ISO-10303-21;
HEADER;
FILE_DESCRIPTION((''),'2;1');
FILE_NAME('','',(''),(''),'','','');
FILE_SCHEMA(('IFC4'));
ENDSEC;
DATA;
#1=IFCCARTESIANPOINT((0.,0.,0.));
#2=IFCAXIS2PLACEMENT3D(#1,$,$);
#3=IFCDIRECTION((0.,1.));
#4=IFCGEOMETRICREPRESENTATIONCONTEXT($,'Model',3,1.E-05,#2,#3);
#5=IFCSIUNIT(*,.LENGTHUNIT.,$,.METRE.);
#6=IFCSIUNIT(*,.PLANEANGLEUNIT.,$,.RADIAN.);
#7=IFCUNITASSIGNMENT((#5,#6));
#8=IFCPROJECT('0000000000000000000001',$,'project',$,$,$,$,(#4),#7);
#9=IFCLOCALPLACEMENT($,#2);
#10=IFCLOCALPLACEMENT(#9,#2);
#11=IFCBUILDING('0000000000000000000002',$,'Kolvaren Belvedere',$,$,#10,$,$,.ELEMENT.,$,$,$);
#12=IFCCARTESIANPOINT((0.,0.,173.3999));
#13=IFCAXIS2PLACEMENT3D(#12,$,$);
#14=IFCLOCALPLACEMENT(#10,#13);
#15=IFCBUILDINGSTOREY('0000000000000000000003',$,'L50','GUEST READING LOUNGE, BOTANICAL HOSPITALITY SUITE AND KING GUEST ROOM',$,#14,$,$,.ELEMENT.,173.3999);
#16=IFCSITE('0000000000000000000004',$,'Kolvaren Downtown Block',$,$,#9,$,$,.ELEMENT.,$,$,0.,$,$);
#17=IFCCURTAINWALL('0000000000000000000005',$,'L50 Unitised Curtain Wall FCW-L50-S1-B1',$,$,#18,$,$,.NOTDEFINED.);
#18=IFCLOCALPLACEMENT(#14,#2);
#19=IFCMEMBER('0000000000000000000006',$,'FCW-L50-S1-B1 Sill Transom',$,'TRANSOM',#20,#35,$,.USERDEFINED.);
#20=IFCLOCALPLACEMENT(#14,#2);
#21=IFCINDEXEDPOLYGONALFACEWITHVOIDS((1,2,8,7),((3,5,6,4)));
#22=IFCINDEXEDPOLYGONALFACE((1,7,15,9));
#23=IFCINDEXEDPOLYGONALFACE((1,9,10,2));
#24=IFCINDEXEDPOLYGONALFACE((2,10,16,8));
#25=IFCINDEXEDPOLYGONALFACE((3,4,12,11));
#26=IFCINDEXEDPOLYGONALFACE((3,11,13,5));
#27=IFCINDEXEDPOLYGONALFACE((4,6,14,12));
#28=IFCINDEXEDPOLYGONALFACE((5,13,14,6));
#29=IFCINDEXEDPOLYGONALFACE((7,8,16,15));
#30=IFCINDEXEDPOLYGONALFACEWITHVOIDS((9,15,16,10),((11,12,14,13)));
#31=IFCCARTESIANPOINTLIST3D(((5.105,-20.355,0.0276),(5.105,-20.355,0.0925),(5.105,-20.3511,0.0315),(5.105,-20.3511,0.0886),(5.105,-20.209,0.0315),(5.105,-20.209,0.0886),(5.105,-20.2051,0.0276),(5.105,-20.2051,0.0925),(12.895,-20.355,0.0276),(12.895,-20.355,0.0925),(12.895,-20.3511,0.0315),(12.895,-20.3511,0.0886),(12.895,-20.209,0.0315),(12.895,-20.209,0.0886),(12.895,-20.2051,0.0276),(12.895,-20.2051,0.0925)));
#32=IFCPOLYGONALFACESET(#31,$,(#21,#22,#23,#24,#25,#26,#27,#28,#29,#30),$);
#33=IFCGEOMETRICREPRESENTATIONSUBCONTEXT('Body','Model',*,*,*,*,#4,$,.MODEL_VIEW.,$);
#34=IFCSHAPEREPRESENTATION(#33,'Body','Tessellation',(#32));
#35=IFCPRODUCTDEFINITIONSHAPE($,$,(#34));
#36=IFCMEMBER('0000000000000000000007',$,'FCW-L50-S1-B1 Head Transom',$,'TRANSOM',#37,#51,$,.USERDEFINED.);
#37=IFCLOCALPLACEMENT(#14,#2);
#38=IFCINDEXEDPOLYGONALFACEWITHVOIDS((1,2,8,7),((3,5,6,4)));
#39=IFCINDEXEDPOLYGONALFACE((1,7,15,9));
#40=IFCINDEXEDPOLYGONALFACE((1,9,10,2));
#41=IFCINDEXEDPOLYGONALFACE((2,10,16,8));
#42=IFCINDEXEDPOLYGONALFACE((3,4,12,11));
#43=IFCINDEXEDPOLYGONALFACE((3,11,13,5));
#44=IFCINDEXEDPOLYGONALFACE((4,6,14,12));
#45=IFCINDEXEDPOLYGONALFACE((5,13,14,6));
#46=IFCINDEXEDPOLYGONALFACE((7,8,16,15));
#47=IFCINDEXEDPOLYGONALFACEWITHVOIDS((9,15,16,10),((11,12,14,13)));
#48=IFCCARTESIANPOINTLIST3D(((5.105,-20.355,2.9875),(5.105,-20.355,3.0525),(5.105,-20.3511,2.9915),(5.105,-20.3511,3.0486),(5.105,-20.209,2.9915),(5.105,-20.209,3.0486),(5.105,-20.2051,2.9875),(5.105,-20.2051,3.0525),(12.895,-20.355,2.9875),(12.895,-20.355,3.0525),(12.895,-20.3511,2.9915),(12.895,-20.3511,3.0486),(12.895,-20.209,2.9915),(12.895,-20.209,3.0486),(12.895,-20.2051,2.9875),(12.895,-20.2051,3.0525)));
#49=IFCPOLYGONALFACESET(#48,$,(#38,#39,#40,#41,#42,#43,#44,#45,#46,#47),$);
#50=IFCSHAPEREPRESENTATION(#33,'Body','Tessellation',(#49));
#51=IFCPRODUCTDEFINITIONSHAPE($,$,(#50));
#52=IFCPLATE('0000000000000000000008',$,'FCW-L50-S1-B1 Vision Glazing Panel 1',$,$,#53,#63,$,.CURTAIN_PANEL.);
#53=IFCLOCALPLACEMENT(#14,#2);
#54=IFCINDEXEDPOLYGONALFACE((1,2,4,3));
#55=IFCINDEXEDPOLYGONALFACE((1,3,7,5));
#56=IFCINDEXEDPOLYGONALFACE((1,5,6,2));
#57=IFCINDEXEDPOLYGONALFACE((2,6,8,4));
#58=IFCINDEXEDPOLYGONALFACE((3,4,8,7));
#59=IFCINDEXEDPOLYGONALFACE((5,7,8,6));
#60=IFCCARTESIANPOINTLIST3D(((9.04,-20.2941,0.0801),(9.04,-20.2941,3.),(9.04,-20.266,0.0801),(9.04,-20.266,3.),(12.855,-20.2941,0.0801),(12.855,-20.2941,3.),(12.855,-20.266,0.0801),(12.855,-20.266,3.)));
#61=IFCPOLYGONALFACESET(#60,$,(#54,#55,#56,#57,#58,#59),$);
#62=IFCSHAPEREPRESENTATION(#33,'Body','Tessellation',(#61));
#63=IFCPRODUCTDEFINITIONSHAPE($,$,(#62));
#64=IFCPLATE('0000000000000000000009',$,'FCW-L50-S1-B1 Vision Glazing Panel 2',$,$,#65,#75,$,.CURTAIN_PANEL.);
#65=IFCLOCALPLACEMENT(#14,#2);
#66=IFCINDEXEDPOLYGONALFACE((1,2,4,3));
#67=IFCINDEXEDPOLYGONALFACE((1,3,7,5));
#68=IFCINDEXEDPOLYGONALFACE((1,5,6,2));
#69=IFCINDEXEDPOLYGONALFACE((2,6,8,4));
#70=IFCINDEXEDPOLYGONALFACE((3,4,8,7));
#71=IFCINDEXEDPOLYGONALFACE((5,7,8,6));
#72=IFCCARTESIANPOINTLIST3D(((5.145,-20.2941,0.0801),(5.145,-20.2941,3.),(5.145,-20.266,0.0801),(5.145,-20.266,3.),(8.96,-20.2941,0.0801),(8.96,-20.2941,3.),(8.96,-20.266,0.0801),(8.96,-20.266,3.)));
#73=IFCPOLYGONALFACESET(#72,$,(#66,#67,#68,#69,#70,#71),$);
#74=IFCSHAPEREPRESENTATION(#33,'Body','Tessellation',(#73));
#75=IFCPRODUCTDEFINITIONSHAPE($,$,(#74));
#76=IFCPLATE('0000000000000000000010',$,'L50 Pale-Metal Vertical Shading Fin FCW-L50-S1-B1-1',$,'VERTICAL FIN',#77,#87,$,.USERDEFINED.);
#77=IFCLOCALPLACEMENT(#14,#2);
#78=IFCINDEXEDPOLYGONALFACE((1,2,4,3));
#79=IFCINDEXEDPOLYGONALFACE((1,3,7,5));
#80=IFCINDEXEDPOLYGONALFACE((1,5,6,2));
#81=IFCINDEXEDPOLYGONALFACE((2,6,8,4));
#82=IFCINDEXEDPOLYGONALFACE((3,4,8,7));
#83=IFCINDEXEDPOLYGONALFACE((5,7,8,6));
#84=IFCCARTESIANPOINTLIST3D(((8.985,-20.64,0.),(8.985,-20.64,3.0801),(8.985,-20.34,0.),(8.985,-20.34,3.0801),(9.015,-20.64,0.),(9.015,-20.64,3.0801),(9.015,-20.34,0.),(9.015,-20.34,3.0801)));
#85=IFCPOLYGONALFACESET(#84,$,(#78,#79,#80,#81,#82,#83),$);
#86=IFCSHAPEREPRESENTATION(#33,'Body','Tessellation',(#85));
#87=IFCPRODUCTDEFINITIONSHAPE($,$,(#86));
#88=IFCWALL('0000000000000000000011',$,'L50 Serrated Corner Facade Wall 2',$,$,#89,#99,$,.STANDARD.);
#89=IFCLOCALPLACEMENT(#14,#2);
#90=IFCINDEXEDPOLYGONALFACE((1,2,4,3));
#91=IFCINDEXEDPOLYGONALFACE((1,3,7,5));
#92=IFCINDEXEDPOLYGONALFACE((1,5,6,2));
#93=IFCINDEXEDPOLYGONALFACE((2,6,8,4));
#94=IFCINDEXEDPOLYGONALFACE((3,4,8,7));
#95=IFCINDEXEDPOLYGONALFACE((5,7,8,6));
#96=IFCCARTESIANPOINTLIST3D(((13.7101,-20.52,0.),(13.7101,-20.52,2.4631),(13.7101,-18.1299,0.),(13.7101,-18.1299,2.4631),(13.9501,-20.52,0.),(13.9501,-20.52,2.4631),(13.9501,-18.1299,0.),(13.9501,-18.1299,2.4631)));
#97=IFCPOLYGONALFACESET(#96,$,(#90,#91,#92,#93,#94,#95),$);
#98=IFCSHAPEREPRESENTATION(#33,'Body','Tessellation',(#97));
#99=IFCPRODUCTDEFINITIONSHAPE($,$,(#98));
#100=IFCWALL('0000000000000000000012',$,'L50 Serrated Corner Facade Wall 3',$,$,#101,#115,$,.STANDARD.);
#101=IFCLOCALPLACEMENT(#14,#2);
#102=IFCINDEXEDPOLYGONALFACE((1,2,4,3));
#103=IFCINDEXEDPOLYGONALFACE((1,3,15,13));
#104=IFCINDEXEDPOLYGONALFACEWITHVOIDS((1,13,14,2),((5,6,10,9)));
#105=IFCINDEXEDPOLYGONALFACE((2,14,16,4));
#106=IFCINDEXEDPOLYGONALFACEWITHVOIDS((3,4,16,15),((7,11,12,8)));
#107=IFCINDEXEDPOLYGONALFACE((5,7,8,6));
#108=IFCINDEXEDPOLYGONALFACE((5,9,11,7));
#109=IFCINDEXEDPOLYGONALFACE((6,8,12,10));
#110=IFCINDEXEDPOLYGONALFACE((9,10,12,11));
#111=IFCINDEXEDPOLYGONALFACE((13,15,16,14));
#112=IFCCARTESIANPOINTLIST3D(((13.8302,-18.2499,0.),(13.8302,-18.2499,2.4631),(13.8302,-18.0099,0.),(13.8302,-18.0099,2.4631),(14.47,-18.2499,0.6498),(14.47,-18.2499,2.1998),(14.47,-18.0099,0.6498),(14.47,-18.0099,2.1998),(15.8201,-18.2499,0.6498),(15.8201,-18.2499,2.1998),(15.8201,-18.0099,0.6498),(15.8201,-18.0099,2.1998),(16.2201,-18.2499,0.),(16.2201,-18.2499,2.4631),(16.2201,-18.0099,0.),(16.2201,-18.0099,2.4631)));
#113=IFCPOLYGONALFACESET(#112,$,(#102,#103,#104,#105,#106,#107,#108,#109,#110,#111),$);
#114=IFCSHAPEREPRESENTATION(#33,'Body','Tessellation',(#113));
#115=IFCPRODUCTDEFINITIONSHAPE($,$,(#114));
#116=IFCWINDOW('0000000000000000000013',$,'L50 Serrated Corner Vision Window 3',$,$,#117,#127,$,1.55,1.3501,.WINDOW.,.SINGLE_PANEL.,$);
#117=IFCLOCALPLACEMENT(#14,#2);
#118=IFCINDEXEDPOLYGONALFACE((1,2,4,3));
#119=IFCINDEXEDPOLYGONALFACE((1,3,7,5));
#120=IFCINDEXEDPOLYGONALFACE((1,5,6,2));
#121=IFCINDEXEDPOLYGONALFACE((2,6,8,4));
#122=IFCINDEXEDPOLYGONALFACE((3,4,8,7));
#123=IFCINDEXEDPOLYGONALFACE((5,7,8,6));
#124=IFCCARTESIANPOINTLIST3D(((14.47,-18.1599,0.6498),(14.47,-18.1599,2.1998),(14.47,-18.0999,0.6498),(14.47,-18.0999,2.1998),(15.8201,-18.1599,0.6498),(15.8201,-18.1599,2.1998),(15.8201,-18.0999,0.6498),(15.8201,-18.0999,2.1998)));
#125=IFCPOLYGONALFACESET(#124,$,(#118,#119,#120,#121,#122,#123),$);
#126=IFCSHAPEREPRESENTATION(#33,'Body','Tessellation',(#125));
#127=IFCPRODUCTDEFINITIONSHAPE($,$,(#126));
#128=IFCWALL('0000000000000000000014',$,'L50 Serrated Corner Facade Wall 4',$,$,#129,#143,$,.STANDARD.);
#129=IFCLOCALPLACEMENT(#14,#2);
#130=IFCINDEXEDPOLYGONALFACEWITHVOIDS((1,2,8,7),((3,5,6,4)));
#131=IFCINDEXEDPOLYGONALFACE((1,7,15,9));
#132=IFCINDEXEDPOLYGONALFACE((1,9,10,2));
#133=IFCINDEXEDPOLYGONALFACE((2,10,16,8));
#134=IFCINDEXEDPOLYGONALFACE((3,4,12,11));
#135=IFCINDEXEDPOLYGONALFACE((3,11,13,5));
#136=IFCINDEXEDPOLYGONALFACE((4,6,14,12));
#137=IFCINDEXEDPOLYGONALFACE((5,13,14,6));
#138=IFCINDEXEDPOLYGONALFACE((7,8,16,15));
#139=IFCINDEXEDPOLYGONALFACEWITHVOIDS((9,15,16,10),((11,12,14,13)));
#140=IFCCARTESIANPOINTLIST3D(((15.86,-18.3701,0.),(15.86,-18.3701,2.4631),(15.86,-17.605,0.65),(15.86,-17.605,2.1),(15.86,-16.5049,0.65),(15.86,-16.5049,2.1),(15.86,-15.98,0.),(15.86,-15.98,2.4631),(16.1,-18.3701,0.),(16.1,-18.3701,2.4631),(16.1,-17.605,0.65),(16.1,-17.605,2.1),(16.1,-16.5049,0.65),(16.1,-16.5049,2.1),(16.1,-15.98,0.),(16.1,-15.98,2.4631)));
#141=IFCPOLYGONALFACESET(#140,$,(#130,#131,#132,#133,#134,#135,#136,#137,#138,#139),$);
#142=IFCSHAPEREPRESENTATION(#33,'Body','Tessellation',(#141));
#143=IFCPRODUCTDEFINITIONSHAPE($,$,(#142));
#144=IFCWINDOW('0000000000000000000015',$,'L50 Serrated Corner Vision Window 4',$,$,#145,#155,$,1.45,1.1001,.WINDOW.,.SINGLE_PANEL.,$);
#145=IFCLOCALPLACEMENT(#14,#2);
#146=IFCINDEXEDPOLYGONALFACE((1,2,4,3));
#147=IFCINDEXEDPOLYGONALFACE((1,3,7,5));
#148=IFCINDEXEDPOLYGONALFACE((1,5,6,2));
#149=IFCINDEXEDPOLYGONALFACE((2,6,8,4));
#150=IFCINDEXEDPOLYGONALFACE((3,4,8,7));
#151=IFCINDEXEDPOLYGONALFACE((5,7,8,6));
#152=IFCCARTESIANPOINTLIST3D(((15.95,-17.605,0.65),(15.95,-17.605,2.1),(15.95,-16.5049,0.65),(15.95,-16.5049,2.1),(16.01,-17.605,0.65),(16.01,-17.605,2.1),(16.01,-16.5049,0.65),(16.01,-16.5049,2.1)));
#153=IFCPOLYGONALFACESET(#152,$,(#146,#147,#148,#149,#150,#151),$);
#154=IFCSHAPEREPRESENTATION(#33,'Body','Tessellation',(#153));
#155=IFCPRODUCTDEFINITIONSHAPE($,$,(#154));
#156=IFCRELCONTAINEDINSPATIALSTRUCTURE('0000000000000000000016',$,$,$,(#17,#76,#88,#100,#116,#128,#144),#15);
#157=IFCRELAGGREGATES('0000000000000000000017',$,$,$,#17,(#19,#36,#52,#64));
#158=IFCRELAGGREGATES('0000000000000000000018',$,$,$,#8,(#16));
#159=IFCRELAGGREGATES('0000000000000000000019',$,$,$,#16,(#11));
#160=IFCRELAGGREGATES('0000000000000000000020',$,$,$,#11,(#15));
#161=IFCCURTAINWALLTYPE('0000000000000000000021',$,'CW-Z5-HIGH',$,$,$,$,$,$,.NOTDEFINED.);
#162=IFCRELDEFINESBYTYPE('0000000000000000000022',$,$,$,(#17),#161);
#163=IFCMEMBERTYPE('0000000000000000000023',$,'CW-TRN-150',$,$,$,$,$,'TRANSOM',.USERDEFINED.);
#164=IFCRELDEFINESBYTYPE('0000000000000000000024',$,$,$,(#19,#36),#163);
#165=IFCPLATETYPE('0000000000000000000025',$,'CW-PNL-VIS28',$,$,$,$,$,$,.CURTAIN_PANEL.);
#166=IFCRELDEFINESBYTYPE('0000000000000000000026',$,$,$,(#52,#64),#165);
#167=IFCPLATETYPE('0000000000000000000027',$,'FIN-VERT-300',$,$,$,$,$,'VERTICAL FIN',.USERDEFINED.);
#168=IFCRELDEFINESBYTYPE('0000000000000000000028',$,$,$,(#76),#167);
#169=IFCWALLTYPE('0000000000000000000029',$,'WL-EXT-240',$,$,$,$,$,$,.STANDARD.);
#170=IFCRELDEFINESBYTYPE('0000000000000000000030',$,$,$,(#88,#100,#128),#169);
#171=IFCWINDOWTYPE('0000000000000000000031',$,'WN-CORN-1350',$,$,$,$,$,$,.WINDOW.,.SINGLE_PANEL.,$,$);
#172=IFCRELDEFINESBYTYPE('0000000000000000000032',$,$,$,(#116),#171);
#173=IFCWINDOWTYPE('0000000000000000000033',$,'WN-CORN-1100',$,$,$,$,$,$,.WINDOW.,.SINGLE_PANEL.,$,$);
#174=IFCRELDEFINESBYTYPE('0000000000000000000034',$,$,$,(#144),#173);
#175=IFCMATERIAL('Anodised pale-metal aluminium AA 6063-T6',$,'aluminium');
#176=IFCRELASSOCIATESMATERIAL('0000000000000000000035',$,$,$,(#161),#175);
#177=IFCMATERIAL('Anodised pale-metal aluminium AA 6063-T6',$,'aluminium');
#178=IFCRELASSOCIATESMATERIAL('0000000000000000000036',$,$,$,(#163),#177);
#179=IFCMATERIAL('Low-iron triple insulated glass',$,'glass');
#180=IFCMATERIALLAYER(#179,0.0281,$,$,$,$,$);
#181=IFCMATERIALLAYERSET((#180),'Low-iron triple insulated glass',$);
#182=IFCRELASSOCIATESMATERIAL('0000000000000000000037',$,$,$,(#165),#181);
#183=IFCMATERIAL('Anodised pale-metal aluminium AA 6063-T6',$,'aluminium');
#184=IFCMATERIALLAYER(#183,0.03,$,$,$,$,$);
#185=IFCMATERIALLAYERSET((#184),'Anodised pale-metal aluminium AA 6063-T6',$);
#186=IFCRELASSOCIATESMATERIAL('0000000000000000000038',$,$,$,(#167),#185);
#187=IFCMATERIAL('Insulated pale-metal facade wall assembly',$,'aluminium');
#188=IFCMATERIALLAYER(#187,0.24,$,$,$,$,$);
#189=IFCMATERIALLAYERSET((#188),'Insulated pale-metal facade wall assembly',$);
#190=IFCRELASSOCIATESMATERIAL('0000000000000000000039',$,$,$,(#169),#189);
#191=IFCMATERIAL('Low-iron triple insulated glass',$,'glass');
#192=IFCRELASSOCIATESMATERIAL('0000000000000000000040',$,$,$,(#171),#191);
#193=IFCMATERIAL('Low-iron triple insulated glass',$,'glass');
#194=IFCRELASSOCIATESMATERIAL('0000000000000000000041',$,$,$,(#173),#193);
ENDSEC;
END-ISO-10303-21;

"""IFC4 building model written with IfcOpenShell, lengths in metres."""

from ifc_helpers import new_model, si_unit, direction, frame, frame_2d, origin, origin_2d, place, context, subcontext, project, spatial, rectangle, hollow_rectangle, extrude, material, layer, layer_set, material_profile, profile_set, type_object, element, fill, aggregate, save


model = new_model("IFC4")

# Units and contexts
model_context = context("Model", 3, precision=1e-05, world=origin(), true_north=direction((0.0, 1.0)))
body_context = subcontext(model_context, "Body", "Model", "MODEL_VIEW")
ifc_project = project(units=[si_unit("LENGTHUNIT", "METRE"), si_unit("PLANEANGLEUNIT", "RADIAN")], contexts=[model_context])

# Site, building, storey
site_placement = place(None, origin())
site = spatial("IfcSite", under=ifc_project, at=site_placement, Name="Kolvaren Downtown Block", CompositionType="ELEMENT", RefElevation=0.0)
building_placement = place(site_placement, origin())
building = spatial("IfcBuilding", under=site, at=building_placement, Name="Kolvaren Belvedere", CompositionType="ELEMENT")
storey_placement = place(building_placement, frame((0.0, 0.0, 173.3999)))
storey = spatial("IfcBuildingStorey", under=building, at=storey_placement, Name="L50", Description="GUEST READING LOUNGE, BOTANICAL HOSPITALITY SUITE AND KING GUEST ROOM", CompositionType="ELEMENT", Elevation=173.3999)

# Curtain wall
ifc_material_1 = material(Name="Anodised pale-metal aluminium AA 6063-T6", Category="aluminium")
curtain_wall_type = type_object("IfcCurtainWallType", Name="CW-Z5-HIGH", PredefinedType="NOTDEFINED", material=ifc_material_1)
curtain_wall_1_placement = place(storey_placement, origin())
curtain_wall_1 = element("IfcCurtainWall", 1, at=curtain_wall_1_placement, inside=storey, type_object=curtain_wall_type, Name="L50 Unitised Curtain Wall FCW-L50-S1-B1", PredefinedType="NOTDEFINED")

# Members
ifc_material_2 = material(Name="Anodised pale-metal aluminium AA 6063-T6", Category="aluminium")
ifc_material_profile_1 = material_profile(ifc_material_2, hollow_rectangle(XDim=0.0649, YDim=0.1499, WallThickness=0.0039, at=origin_2d()), Name="ALU-TRN-150X65")
ifc_profile_set_1 = profile_set([ifc_material_profile_1], Name="Anodised pale-metal aluminium AA 6063-T6")
member_type_1 = type_object("IfcMemberType", Name="CW-TRN-150", ElementType="TRANSOM", PredefinedType="USERDEFINED", material=ifc_profile_set_1)
member_1_placement = place(storey_placement, frame((12.895, -20.28, 0.0601), z_axis=(-1.0, 0.0, 0.0), x_axis=(0.0, 0.0, 1.0)))
member_1 = element("IfcMember", 2, at=member_1_placement, type_object=member_type_1, Name="FCW-L50-S1-B1 Sill Transom", ObjectType="TRANSOM", PredefinedType="USERDEFINED", context=body_context, shape_type="SweptSolid", body=[
    extrude(hollow_rectangle(XDim=0.0649, YDim=0.1499, WallThickness=0.0039, at=origin_2d()), origin(), (0.0, 0.0, 1.0), 7.79),
])
member_2_placement = place(storey_placement, frame((12.895, -20.28, 3.02), z_axis=(-1.0, 0.0, 0.0), x_axis=(0.0, 0.0, 1.0)))
member_2 = element("IfcMember", 3, at=member_2_placement, type_object=member_type_1, Name="FCW-L50-S1-B1 Head Transom", ObjectType="TRANSOM", PredefinedType="USERDEFINED", context=body_context, shape_type="SweptSolid", body=[
    extrude(hollow_rectangle(XDim=0.0649, YDim=0.1499, WallThickness=0.0039, at=origin_2d()), origin(), (0.0, 0.0, 1.0), 7.79),
])

# Plates
ifc_material_3 = material(Name="Low-iron triple insulated glass", Category="glass")
ifc_layer_1 = layer(ifc_material_3, 0.0281)
ifc_layer_set_1 = layer_set([ifc_layer_1], Name="Low-iron triple insulated glass")
plate_type_1 = type_object("IfcPlateType", Name="CW-PNL-VIS28", PredefinedType="CURTAIN_PANEL", material=ifc_layer_set_1)
plate_1_placement = place(storey_placement, frame((10.9475, -20.28, 0.0801), z_axis=(0.0, 0.0, 1.0), x_axis=(-1.0, 0.0, 0.0)))
plate_1 = element("IfcPlate", 4, at=plate_1_placement, type_object=plate_type_1, Name="FCW-L50-S1-B1 Vision Glazing Panel 1", PredefinedType="CURTAIN_PANEL", context=body_context, shape_type="SweptSolid", body=[
    extrude(rectangle(XDim=3.8149, YDim=0.0281, at=origin_2d()), origin(), (0.0, 0.0, 1.0), 2.9199),
])
plate_2_placement = place(storey_placement, frame((7.0525, -20.28, 0.0801), z_axis=(0.0, 0.0, 1.0), x_axis=(-1.0, 0.0, 0.0)))
plate_2 = element("IfcPlate", 5, at=plate_2_placement, type_object=plate_type_1, Name="FCW-L50-S1-B1 Vision Glazing Panel 2", PredefinedType="CURTAIN_PANEL", context=body_context, shape_type="SweptSolid", body=[
    extrude(rectangle(XDim=3.8149, YDim=0.0281, at=origin_2d()), origin(), (0.0, 0.0, 1.0), 2.9199),
])
aggregate(curtain_wall_1, [member_1, member_2, plate_1, plate_2])
ifc_material_4 = material(Name="Anodised pale-metal aluminium AA 6063-T6", Category="aluminium")
ifc_layer_2 = layer(ifc_material_4, 0.03)
ifc_layer_set_2 = layer_set([ifc_layer_2], Name="Anodised pale-metal aluminium AA 6063-T6")
plate_type_2 = type_object("IfcPlateType", Name="FIN-VERT-300", ElementType="VERTICAL FIN", PredefinedType="USERDEFINED", material=ifc_layer_set_2)
plate_3_placement = place(storey_placement, frame((9.0, -20.49, 0.0), z_axis=(0.0, 0.0, 1.0), x_axis=(0.0, 1.0, 0.0)))
element("IfcPlate", 6, at=plate_3_placement, inside=storey, type_object=plate_type_2, Name="L50 Pale-Metal Vertical Shading Fin FCW-L50-S1-B1-1", ObjectType="VERTICAL FIN", PredefinedType="USERDEFINED", context=body_context, shape_type="SweptSolid", body=[
    extrude(rectangle(XDim=0.3, YDim=0.03, at=origin_2d()), origin(), (0.0, 0.0, 1.0), 3.0801),
])

# Wall
ifc_material_5 = material(Name="Insulated pale-metal facade wall assembly", Category="aluminium")
ifc_layer_3 = layer(ifc_material_5, 0.24)
ifc_layer_set_3 = layer_set([ifc_layer_3], Name="Insulated pale-metal facade wall assembly")
wall_type_1 = type_object("IfcWallType", Name="WL-EXT-240", PredefinedType="STANDARD", material=ifc_layer_set_3)
wall_1_placement = place(storey_placement, frame((13.8301, -18.1299, 0.0), z_axis=(0.0, 0.0, 1.0), x_axis=(0.0, -1.0, 0.0)))
element("IfcWall", 7, at=wall_1_placement, inside=storey, type_object=wall_type_1, Name="L50 Serrated Corner Facade Wall 2", PredefinedType="STANDARD", context=body_context, shape_type="SweptSolid", body=[
    extrude(rectangle(XDim=2.3901, YDim=0.24, at=frame_2d((1.1951, 0.0))), origin(), (0.0, 0.0, 1.0), 2.4631),
])

# Walls, openings, windows
wall_2_placement = place(storey_placement, frame((16.22, -18.1299, 0.0), z_axis=(0.0, 0.0, 1.0), x_axis=(-1.0, 0.0, 0.0)))
wall_2 = element("IfcWall", 8, at=wall_2_placement, inside=storey, type_object=wall_type_1, Name="L50 Serrated Corner Facade Wall 3", PredefinedType="STANDARD", context=body_context, shape_type="SweptSolid", body=[
    extrude(rectangle(XDim=2.3899, YDim=0.24, at=frame_2d((1.1948, 0.0))), origin(), (0.0, 0.0, 1.0), 2.4631),
])
opening_1_placement = place(wall_2_placement, frame((0.3999, 0.0, 0.6499)))
opening_1 = element("IfcOpeningElement", 9, at=opening_1_placement, cuts=wall_2, PredefinedType="OPENING", context=body_context, shape_type="SweptSolid", body=[
    extrude(rectangle(XDim=1.3501, YDim=1.55, at=frame_2d((0.675, 0.7749))), frame((0.0, 0.1299, 0.0), z_axis=(0.0, -1.0, 0.0), x_axis=(1.0, 0.0, 0.0)), (0.0, 0.0, 1.0), 0.26),
])
ifc_material_6 = material(Name="Low-iron triple insulated glass", Category="glass")
window_type_1 = type_object("IfcWindowType", Name="WN-CORN-1350", PartitioningType="SINGLE_PANEL", PredefinedType="WINDOW", material=ifc_material_6)
window_1_placement = place(opening_1_placement, origin())
window_1 = element("IfcWindow", 10, at=window_1_placement, inside=storey, type_object=window_type_1, Name="L50 Serrated Corner Vision Window 3", OverallHeight=1.55, OverallWidth=1.3501, PartitioningType="SINGLE_PANEL", PredefinedType="WINDOW", context=body_context, shape_type="SweptSolid", body=[
    extrude(rectangle(XDim=1.3501, YDim=1.55, at=frame_2d((0.675, 0.7749))), frame((0.0, 0.03, 0.0), z_axis=(0.0, -1.0, 0.0), x_axis=(1.0, 0.0, 0.0)), (0.0, 0.0, 1.0), 0.0601),
])
fill(opening_1, window_1)
wall_3_placement = place(storey_placement, frame((15.98, -15.98, 0.0), z_axis=(0.0, 0.0, 1.0), x_axis=(0.0, -1.0, 0.0)))
wall_3 = element("IfcWall", 11, at=wall_3_placement, inside=storey, type_object=wall_type_1, Name="L50 Serrated Corner Facade Wall 4", PredefinedType="STANDARD", context=body_context, shape_type="SweptSolid", body=[
    extrude(rectangle(XDim=2.3901, YDim=0.24, at=frame_2d((1.1951, 0.0))), origin(), (0.0, 0.0, 1.0), 2.4631),
])
opening_2_placement = place(wall_3_placement, frame((0.5249, 0.0, 0.6499)))
opening_2 = element("IfcOpeningElement", 12, at=opening_2_placement, cuts=wall_3, PredefinedType="OPENING", context=body_context, shape_type="SweptSolid", body=[
    extrude(rectangle(XDim=1.1001, YDim=1.45, at=frame_2d((0.55, 0.7251))), frame((0.0, 0.1299, 0.0), z_axis=(0.0, -1.0, 0.0), x_axis=(1.0, 0.0, 0.0)), (0.0, 0.0, 1.0), 0.26),
])
ifc_material_7 = material(Name="Low-iron triple insulated glass", Category="glass")
window_type_2 = type_object("IfcWindowType", Name="WN-CORN-1100", PartitioningType="SINGLE_PANEL", PredefinedType="WINDOW", material=ifc_material_7)
window_2_placement = place(opening_2_placement, origin())
window_2 = element("IfcWindow", 13, at=window_2_placement, inside=storey, type_object=window_type_2, Name="L50 Serrated Corner Vision Window 4", OverallHeight=1.45, OverallWidth=1.1001, PartitioningType="SINGLE_PANEL", PredefinedType="WINDOW", context=body_context, shape_type="SweptSolid", body=[
    extrude(rectangle(XDim=1.1001, YDim=1.45, at=frame_2d((0.55, 0.7251))), frame((0.0, 0.03, 0.0), z_axis=(0.0, -1.0, 0.0), x_axis=(1.0, 0.0, 0.0)), (0.0, 0.0, 1.0), 0.0601),
])
fill(opening_2, window_2)

save(model, "model.ifc")
